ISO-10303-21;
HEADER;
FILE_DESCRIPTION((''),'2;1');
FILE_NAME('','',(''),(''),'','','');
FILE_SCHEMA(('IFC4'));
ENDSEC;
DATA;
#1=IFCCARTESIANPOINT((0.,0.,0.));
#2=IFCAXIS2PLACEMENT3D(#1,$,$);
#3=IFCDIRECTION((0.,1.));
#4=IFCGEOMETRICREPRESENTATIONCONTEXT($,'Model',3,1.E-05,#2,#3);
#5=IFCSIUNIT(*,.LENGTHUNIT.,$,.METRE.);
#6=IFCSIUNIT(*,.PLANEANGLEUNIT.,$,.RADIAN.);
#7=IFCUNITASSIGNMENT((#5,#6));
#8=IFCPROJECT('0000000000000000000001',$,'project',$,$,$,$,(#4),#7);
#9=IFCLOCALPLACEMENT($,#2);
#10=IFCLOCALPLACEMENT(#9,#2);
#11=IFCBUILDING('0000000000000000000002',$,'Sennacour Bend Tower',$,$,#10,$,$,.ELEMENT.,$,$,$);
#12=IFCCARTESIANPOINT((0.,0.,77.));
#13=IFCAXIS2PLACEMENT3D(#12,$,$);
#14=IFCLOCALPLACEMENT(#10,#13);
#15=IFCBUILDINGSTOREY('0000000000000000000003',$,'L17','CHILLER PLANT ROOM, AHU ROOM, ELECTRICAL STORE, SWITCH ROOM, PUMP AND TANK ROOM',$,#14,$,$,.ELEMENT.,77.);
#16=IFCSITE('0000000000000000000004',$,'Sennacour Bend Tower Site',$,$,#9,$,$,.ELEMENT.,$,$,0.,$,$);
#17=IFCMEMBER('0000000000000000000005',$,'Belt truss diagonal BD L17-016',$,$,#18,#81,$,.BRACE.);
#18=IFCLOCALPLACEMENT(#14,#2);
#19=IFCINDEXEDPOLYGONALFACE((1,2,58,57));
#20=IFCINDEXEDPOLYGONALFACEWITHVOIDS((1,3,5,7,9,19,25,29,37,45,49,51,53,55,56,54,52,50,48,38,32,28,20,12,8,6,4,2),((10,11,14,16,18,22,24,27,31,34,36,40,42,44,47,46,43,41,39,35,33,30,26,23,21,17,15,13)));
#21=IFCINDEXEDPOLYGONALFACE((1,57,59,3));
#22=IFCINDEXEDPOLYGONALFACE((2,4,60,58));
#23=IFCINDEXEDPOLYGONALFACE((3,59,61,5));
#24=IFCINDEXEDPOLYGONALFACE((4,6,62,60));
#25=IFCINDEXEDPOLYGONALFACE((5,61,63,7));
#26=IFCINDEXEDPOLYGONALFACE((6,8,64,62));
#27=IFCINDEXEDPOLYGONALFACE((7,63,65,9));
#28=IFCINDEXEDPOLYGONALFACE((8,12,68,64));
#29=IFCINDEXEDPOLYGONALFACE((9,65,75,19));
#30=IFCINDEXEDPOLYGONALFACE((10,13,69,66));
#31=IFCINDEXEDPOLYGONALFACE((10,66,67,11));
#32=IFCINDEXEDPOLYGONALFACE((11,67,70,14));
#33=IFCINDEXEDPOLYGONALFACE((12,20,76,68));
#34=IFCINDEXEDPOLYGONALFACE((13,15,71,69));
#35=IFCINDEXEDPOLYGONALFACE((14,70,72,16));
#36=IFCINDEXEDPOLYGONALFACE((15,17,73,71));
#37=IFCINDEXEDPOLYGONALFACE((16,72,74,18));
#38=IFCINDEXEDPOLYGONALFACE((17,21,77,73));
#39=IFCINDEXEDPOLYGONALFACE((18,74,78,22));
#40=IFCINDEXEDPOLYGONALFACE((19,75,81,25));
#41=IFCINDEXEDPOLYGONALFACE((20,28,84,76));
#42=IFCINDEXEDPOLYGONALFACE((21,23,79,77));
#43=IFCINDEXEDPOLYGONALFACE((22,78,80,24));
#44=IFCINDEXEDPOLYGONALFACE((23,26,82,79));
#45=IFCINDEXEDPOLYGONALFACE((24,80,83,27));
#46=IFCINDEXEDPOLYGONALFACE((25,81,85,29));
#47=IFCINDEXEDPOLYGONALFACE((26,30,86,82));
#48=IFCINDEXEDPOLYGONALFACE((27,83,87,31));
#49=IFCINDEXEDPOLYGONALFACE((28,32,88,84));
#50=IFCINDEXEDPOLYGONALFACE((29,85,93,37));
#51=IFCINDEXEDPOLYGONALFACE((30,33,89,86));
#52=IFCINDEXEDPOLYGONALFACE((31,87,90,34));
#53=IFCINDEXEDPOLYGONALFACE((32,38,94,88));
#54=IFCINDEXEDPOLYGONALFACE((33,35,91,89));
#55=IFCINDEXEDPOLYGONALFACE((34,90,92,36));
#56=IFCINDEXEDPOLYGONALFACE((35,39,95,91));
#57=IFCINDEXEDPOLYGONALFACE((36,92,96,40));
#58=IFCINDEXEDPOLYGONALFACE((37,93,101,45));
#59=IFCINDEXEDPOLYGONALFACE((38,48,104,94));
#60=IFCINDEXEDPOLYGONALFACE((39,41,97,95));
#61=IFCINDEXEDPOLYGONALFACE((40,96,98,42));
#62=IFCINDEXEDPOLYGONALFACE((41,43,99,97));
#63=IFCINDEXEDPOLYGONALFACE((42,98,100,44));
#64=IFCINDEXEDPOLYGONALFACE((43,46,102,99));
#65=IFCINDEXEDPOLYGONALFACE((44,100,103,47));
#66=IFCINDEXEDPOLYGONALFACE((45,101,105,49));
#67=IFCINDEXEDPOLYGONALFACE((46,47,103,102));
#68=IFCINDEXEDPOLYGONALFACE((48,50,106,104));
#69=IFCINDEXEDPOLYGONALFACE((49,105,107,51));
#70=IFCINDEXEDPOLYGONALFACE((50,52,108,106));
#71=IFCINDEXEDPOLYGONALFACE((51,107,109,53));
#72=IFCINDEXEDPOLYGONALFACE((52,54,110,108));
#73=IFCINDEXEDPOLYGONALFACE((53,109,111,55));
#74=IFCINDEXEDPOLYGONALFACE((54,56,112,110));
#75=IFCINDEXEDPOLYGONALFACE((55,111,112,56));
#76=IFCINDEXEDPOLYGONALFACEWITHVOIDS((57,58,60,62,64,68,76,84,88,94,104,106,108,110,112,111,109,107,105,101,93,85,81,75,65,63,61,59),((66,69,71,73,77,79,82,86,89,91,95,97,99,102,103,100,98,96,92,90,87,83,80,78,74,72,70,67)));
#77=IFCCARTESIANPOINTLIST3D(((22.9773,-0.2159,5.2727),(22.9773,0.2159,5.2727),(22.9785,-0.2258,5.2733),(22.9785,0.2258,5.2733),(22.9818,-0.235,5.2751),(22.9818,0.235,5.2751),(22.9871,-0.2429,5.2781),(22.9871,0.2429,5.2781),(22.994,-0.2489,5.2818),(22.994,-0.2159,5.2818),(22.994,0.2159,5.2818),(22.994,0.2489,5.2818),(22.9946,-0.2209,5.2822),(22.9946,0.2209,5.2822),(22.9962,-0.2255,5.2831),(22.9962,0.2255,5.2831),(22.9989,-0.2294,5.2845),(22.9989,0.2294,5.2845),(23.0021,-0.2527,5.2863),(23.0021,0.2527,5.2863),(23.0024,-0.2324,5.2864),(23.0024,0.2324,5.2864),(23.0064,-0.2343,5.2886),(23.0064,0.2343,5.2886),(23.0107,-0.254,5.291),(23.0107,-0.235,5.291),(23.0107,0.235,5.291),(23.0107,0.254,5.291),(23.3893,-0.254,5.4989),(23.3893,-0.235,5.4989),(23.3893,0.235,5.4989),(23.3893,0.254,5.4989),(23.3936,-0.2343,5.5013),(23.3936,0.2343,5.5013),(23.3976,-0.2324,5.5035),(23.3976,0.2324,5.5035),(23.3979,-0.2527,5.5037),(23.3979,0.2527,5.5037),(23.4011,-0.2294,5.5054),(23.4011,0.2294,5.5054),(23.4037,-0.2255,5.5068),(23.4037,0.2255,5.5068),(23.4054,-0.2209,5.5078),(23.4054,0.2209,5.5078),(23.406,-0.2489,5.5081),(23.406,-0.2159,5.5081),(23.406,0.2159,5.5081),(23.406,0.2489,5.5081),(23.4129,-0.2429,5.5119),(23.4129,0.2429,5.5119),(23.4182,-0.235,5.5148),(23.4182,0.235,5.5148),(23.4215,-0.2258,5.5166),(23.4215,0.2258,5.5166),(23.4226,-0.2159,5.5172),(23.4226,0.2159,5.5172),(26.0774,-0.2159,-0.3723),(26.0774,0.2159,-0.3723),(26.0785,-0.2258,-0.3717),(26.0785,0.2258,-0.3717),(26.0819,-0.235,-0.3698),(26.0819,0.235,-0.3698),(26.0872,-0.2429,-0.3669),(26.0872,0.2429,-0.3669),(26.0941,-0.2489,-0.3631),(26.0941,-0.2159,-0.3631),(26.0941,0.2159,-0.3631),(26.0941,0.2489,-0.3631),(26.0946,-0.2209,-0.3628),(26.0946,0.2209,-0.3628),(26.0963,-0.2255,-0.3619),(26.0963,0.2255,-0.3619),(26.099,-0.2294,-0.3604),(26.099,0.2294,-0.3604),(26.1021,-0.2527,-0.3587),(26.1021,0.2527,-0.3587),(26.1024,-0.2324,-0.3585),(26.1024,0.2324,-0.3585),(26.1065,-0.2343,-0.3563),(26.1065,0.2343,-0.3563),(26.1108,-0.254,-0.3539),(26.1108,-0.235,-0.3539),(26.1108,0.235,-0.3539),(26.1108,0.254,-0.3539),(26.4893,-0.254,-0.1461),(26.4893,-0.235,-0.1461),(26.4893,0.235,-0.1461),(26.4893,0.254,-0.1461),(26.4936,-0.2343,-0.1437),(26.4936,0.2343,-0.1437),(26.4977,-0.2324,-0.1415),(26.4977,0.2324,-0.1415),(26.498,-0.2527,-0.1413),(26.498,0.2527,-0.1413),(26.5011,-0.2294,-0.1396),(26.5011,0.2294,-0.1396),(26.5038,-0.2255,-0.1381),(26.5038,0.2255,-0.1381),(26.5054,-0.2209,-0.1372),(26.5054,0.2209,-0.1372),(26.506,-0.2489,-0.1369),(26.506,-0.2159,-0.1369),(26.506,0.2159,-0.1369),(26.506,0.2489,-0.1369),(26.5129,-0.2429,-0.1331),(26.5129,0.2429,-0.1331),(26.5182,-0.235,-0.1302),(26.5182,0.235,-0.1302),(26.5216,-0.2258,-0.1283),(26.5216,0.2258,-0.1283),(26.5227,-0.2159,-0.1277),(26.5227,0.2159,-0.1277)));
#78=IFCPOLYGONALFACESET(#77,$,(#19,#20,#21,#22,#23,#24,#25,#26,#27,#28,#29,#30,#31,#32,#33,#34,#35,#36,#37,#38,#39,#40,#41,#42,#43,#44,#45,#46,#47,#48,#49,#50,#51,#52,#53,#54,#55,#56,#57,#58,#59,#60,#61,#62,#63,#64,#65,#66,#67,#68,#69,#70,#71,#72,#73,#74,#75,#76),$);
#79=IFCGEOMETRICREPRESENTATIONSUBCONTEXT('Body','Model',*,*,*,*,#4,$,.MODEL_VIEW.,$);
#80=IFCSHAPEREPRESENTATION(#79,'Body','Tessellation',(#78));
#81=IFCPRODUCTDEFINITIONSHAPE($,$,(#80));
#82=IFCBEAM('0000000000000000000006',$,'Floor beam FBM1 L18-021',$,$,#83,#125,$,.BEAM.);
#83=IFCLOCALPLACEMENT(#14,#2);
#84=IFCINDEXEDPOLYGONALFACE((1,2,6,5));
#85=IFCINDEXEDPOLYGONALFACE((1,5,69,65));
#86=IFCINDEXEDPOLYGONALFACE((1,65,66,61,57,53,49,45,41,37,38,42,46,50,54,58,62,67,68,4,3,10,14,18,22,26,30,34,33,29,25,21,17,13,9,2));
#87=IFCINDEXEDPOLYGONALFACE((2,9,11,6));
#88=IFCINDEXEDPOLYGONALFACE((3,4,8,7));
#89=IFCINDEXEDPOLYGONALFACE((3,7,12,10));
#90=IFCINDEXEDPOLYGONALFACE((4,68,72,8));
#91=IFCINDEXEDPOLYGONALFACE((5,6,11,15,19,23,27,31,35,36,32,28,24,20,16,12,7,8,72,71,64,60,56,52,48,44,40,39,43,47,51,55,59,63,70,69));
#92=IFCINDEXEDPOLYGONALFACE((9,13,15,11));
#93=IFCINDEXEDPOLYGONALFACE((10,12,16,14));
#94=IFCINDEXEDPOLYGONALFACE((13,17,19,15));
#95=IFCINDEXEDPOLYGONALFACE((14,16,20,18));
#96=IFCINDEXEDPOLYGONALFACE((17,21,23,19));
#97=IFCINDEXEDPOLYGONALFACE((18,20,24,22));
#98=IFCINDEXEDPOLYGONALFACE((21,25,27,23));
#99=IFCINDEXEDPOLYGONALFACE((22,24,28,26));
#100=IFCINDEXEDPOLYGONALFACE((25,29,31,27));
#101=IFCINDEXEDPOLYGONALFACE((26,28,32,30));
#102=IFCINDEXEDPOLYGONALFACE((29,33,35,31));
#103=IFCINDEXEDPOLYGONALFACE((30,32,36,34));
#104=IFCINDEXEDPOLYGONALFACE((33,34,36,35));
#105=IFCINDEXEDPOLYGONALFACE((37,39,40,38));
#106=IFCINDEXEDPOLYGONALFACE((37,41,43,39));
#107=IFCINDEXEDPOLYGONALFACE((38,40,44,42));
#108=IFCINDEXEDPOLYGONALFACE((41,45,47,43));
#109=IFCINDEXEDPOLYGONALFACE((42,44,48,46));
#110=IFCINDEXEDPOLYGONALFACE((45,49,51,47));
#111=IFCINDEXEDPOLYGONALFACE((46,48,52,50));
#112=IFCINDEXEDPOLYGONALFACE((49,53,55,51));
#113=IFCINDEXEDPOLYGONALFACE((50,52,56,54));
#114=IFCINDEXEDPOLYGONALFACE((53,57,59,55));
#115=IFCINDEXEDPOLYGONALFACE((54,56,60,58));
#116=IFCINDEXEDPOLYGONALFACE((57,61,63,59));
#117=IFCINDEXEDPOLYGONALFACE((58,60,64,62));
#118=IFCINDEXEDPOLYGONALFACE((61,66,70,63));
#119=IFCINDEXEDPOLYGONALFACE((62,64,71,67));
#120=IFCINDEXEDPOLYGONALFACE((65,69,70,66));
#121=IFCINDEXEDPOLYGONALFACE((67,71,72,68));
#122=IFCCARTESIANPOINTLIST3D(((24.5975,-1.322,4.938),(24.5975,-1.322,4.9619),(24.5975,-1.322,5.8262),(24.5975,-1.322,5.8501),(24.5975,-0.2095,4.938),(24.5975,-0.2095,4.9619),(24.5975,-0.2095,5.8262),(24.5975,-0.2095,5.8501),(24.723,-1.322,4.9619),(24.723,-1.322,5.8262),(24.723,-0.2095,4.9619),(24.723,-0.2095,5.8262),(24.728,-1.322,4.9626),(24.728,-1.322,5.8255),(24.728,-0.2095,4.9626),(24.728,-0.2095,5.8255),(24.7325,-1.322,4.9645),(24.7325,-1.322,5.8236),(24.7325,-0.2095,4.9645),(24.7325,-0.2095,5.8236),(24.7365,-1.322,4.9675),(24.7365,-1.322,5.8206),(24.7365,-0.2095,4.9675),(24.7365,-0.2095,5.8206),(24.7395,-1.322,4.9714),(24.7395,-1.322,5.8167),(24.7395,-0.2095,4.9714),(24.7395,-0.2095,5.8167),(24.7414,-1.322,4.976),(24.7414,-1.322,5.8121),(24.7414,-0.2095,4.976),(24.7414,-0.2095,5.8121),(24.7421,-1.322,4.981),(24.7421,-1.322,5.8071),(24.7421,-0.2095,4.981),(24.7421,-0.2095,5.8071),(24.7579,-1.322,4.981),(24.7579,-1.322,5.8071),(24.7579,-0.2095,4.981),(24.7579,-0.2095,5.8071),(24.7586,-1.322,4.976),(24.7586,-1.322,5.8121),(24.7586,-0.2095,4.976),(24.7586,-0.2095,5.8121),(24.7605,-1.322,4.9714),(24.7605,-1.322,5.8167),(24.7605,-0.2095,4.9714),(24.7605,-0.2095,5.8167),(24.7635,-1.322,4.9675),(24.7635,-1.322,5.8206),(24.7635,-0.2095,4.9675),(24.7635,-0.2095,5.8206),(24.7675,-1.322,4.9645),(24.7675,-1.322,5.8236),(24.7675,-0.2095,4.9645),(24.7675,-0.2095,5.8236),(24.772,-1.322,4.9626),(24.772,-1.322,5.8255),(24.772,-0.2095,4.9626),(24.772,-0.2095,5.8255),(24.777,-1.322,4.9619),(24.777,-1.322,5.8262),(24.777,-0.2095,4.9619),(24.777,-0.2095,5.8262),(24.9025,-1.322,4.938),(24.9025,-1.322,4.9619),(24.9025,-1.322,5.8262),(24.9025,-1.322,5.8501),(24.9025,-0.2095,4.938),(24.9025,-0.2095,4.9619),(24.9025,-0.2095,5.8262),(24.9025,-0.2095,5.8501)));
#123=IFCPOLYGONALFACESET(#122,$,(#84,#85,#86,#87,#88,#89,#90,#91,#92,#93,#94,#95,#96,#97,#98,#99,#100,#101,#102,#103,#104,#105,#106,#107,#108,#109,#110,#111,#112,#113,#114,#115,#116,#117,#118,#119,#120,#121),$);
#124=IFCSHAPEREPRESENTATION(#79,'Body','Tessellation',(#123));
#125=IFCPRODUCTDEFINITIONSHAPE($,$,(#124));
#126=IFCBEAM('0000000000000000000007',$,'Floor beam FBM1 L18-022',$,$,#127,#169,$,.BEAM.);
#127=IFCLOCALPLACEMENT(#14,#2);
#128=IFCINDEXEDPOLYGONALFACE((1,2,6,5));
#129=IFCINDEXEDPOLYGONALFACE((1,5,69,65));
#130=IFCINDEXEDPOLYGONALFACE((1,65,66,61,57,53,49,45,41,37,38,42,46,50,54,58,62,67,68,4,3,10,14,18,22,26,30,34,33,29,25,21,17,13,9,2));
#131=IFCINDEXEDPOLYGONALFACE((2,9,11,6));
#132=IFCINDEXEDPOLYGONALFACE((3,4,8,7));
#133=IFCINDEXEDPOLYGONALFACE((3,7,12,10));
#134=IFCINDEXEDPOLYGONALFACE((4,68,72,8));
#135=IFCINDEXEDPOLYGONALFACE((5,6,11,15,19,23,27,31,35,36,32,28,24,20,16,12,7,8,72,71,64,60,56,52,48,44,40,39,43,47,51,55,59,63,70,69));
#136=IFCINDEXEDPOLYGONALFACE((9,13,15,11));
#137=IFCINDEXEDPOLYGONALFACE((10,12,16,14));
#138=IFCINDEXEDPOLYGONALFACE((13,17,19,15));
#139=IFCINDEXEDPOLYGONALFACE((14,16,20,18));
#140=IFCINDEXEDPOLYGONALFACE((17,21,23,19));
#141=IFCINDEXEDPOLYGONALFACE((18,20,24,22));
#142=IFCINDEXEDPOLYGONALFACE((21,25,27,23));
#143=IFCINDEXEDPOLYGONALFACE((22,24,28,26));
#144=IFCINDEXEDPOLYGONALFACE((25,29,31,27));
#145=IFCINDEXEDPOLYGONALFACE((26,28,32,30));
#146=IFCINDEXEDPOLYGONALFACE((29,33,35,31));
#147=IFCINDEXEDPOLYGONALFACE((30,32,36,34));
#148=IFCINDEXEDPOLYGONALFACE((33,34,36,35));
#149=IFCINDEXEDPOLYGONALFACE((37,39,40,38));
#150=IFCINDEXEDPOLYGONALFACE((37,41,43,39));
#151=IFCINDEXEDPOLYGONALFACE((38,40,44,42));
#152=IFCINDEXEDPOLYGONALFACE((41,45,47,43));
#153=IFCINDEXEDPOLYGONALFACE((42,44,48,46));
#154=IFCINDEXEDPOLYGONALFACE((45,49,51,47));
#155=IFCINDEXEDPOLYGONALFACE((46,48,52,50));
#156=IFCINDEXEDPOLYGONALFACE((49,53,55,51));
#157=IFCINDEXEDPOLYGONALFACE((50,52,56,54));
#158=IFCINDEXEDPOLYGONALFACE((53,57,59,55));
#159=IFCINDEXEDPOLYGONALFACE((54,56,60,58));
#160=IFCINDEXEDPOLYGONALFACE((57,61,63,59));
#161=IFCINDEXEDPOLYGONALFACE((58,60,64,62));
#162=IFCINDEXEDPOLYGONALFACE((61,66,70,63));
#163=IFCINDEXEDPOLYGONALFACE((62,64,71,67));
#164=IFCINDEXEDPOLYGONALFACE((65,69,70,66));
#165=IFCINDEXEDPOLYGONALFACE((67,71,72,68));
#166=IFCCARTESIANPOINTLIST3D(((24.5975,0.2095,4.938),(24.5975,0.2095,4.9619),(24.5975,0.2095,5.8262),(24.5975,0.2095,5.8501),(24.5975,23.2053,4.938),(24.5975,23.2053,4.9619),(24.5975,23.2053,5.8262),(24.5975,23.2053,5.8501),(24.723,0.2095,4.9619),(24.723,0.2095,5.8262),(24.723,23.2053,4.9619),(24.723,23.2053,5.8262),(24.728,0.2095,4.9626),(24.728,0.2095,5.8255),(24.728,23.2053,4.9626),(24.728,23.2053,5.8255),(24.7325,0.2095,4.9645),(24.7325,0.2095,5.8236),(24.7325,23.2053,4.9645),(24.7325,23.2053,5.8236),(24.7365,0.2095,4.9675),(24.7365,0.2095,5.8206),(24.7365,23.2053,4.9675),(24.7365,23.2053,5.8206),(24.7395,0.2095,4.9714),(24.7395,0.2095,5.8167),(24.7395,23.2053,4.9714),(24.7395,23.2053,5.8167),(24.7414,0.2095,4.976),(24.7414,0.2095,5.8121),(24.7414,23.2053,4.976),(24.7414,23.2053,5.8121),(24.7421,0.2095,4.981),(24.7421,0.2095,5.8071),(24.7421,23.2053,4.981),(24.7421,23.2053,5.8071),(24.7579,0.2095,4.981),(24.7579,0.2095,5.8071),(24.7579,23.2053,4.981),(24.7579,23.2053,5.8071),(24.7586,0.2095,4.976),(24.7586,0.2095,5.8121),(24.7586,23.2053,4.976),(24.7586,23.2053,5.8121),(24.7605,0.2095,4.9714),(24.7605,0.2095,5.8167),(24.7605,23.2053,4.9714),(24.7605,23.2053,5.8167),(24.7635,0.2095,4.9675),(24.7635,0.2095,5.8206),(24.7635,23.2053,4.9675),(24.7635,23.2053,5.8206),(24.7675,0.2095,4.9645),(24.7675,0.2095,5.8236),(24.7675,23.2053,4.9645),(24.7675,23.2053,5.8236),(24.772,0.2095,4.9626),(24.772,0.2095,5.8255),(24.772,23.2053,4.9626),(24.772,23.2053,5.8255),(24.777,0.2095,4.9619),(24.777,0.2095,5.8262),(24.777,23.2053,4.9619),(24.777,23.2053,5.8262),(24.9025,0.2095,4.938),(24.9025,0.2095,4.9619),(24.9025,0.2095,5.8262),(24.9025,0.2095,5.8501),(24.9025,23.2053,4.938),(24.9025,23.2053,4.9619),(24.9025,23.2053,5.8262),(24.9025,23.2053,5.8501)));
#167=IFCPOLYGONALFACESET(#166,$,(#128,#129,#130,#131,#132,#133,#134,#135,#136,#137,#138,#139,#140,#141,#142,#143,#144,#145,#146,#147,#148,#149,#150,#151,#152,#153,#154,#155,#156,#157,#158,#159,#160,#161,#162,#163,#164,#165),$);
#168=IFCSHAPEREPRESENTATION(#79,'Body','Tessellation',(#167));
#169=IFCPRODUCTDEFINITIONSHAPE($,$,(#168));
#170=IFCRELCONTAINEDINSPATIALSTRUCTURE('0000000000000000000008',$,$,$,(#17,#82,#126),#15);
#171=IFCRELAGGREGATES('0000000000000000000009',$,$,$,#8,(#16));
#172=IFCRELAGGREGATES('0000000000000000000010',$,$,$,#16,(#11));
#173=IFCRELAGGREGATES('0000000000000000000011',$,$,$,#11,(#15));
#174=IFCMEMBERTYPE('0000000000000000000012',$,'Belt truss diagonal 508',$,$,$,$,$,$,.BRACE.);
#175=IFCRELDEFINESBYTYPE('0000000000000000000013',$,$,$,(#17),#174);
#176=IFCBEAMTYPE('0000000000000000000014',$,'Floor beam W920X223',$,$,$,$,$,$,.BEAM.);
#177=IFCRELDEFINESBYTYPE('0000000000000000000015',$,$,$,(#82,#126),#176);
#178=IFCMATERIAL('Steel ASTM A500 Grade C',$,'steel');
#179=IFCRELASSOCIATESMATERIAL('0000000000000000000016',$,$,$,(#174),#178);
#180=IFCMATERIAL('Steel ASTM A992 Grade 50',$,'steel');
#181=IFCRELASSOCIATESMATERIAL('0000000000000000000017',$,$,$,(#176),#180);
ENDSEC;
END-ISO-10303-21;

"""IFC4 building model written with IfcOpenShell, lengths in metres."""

from ifc_helpers import new_model, si_unit, direction, frame, origin, origin_2d, place, context, subcontext, project, spatial, hollow_rectangle, i_section, extrude, material, material_profile, profile_set, type_object, element, save


model = new_model("IFC4")

# Units and contexts
model_context = context("Model", 3, precision=1e-05, world=origin(), true_north=direction((0.0, 1.0)))
body_context = subcontext(model_context, "Body", "Model", "MODEL_VIEW")
ifc_project = project(units=[si_unit("LENGTHUNIT", "METRE"), si_unit("PLANEANGLEUNIT", "RADIAN")], contexts=[model_context])

# Site, building, storey
site_placement = place(None, origin())
site = spatial("IfcSite", under=ifc_project, at=site_placement, Name="Sennacour Bend Tower Site", CompositionType="ELEMENT", RefElevation=0.0)
building_placement = place(site_placement, origin())
building = spatial("IfcBuilding", under=site, at=building_placement, Name="Sennacour Bend Tower", CompositionType="ELEMENT")
storey_placement = place(building_placement, frame((0.0, 0.0, 77.0)))
storey = spatial("IfcBuildingStorey", under=building, at=storey_placement, Name="L17", Description="CHILLER PLANT ROOM, AHU ROOM, ELECTRICAL STORE, SWITCH ROOM, PUMP AND TANK ROOM", CompositionType="ELEMENT", Elevation=77.0)

# Member
ifc_material_1 = material(Name="Steel ASTM A992 Grade 50", Category="steel")
ifc_material_2 = material(Name="Steel ASTM A500 Grade C", Category="steel")
ifc_material_profile_1 = material_profile(ifc_material_2, hollow_rectangle(XDim=0.5081, YDim=0.5081, WallThickness=0.019, InnerFilletRadius=0.019, OuterFilletRadius=0.0381, at=origin_2d()), Name="Steel ASTM A500 Grade C", Category="steel")
ifc_profile_set_1 = profile_set([ifc_material_profile_1], Name="Steel ASTM A500 Grade C")
member_type_1 = type_object("IfcMemberType", Name="Belt truss diagonal 508", PredefinedType="BRACE", material=ifc_profile_set_1)
for number, where, z_axis, x_axis, name in (
    (1, (26.3, 0.0, -0.25), (-0.481363, 0.0, 0.876521), (0.0, -1.0, 0.0), "Belt truss diagonal BD L17-016"),
):
    element("IfcMember", number, at=place(storey_placement, frame(where, z_axis=z_axis, x_axis=x_axis)), inside=storey, type_object=member_type_1, Name=name, PredefinedType="BRACE", context=body_context, shape_type="SweptSolid", body=[
        extrude(hollow_rectangle(XDim=0.5081, YDim=0.5081, WallThickness=0.019, InnerFilletRadius=0.019, OuterFilletRadius=0.0381, at=origin_2d()), origin(), (0.0, 0.0, 1.0), 6.4402),
    ])

# Beams
ifc_material_profile_2 = material_profile(ifc_material_1, i_section(OverallWidth=0.3049, OverallDepth=0.9121, WebThickness=0.0159, FlangeThickness=0.0239, FilletRadius=0.019, at=origin_2d()), Name="Steel ASTM A992 Grade 50", Category="steel")
ifc_profile_set_2 = profile_set([ifc_material_profile_2], Name="Steel ASTM A992 Grade 50")
beam_type_1 = type_object("IfcBeamType", Name="Floor beam W920X223", PredefinedType="BEAM", material=ifc_profile_set_2)
beam_1_placement = place(storey_placement, frame((24.75, -1.322, 5.394), z_axis=(0.0, 1.0, 0.0), x_axis=(-1.0, 0.0, 0.0)))
element("IfcBeam", 2, at=beam_1_placement, inside=storey, type_object=beam_type_1, Name="Floor beam FBM1 L18-021", PredefinedType="BEAM", context=body_context, shape_type="SweptSolid", body=[
    extrude(i_section(OverallWidth=0.3049, OverallDepth=0.9121, WebThickness=0.0159, FlangeThickness=0.0239, FilletRadius=0.019, at=origin_2d()), origin(), (0.0, 0.0, 1.0), 1.1125),
])
beam_2_placement = place(storey_placement, frame((24.75, 0.2095, 5.394), z_axis=(0.0, 1.0, 0.0), x_axis=(-1.0, 0.0, 0.0)))
element("IfcBeam", 3, at=beam_2_placement, inside=storey, type_object=beam_type_1, Name="Floor beam FBM1 L18-022", PredefinedType="BEAM", context=body_context, shape_type="SweptSolid", body=[
    extrude(i_section(OverallWidth=0.3049, OverallDepth=0.9121, WebThickness=0.0159, FlangeThickness=0.0239, FilletRadius=0.019, at=origin_2d()), origin(), (0.0, 0.0, 1.0), 22.9958),
])

save(model, "model.ifc")
